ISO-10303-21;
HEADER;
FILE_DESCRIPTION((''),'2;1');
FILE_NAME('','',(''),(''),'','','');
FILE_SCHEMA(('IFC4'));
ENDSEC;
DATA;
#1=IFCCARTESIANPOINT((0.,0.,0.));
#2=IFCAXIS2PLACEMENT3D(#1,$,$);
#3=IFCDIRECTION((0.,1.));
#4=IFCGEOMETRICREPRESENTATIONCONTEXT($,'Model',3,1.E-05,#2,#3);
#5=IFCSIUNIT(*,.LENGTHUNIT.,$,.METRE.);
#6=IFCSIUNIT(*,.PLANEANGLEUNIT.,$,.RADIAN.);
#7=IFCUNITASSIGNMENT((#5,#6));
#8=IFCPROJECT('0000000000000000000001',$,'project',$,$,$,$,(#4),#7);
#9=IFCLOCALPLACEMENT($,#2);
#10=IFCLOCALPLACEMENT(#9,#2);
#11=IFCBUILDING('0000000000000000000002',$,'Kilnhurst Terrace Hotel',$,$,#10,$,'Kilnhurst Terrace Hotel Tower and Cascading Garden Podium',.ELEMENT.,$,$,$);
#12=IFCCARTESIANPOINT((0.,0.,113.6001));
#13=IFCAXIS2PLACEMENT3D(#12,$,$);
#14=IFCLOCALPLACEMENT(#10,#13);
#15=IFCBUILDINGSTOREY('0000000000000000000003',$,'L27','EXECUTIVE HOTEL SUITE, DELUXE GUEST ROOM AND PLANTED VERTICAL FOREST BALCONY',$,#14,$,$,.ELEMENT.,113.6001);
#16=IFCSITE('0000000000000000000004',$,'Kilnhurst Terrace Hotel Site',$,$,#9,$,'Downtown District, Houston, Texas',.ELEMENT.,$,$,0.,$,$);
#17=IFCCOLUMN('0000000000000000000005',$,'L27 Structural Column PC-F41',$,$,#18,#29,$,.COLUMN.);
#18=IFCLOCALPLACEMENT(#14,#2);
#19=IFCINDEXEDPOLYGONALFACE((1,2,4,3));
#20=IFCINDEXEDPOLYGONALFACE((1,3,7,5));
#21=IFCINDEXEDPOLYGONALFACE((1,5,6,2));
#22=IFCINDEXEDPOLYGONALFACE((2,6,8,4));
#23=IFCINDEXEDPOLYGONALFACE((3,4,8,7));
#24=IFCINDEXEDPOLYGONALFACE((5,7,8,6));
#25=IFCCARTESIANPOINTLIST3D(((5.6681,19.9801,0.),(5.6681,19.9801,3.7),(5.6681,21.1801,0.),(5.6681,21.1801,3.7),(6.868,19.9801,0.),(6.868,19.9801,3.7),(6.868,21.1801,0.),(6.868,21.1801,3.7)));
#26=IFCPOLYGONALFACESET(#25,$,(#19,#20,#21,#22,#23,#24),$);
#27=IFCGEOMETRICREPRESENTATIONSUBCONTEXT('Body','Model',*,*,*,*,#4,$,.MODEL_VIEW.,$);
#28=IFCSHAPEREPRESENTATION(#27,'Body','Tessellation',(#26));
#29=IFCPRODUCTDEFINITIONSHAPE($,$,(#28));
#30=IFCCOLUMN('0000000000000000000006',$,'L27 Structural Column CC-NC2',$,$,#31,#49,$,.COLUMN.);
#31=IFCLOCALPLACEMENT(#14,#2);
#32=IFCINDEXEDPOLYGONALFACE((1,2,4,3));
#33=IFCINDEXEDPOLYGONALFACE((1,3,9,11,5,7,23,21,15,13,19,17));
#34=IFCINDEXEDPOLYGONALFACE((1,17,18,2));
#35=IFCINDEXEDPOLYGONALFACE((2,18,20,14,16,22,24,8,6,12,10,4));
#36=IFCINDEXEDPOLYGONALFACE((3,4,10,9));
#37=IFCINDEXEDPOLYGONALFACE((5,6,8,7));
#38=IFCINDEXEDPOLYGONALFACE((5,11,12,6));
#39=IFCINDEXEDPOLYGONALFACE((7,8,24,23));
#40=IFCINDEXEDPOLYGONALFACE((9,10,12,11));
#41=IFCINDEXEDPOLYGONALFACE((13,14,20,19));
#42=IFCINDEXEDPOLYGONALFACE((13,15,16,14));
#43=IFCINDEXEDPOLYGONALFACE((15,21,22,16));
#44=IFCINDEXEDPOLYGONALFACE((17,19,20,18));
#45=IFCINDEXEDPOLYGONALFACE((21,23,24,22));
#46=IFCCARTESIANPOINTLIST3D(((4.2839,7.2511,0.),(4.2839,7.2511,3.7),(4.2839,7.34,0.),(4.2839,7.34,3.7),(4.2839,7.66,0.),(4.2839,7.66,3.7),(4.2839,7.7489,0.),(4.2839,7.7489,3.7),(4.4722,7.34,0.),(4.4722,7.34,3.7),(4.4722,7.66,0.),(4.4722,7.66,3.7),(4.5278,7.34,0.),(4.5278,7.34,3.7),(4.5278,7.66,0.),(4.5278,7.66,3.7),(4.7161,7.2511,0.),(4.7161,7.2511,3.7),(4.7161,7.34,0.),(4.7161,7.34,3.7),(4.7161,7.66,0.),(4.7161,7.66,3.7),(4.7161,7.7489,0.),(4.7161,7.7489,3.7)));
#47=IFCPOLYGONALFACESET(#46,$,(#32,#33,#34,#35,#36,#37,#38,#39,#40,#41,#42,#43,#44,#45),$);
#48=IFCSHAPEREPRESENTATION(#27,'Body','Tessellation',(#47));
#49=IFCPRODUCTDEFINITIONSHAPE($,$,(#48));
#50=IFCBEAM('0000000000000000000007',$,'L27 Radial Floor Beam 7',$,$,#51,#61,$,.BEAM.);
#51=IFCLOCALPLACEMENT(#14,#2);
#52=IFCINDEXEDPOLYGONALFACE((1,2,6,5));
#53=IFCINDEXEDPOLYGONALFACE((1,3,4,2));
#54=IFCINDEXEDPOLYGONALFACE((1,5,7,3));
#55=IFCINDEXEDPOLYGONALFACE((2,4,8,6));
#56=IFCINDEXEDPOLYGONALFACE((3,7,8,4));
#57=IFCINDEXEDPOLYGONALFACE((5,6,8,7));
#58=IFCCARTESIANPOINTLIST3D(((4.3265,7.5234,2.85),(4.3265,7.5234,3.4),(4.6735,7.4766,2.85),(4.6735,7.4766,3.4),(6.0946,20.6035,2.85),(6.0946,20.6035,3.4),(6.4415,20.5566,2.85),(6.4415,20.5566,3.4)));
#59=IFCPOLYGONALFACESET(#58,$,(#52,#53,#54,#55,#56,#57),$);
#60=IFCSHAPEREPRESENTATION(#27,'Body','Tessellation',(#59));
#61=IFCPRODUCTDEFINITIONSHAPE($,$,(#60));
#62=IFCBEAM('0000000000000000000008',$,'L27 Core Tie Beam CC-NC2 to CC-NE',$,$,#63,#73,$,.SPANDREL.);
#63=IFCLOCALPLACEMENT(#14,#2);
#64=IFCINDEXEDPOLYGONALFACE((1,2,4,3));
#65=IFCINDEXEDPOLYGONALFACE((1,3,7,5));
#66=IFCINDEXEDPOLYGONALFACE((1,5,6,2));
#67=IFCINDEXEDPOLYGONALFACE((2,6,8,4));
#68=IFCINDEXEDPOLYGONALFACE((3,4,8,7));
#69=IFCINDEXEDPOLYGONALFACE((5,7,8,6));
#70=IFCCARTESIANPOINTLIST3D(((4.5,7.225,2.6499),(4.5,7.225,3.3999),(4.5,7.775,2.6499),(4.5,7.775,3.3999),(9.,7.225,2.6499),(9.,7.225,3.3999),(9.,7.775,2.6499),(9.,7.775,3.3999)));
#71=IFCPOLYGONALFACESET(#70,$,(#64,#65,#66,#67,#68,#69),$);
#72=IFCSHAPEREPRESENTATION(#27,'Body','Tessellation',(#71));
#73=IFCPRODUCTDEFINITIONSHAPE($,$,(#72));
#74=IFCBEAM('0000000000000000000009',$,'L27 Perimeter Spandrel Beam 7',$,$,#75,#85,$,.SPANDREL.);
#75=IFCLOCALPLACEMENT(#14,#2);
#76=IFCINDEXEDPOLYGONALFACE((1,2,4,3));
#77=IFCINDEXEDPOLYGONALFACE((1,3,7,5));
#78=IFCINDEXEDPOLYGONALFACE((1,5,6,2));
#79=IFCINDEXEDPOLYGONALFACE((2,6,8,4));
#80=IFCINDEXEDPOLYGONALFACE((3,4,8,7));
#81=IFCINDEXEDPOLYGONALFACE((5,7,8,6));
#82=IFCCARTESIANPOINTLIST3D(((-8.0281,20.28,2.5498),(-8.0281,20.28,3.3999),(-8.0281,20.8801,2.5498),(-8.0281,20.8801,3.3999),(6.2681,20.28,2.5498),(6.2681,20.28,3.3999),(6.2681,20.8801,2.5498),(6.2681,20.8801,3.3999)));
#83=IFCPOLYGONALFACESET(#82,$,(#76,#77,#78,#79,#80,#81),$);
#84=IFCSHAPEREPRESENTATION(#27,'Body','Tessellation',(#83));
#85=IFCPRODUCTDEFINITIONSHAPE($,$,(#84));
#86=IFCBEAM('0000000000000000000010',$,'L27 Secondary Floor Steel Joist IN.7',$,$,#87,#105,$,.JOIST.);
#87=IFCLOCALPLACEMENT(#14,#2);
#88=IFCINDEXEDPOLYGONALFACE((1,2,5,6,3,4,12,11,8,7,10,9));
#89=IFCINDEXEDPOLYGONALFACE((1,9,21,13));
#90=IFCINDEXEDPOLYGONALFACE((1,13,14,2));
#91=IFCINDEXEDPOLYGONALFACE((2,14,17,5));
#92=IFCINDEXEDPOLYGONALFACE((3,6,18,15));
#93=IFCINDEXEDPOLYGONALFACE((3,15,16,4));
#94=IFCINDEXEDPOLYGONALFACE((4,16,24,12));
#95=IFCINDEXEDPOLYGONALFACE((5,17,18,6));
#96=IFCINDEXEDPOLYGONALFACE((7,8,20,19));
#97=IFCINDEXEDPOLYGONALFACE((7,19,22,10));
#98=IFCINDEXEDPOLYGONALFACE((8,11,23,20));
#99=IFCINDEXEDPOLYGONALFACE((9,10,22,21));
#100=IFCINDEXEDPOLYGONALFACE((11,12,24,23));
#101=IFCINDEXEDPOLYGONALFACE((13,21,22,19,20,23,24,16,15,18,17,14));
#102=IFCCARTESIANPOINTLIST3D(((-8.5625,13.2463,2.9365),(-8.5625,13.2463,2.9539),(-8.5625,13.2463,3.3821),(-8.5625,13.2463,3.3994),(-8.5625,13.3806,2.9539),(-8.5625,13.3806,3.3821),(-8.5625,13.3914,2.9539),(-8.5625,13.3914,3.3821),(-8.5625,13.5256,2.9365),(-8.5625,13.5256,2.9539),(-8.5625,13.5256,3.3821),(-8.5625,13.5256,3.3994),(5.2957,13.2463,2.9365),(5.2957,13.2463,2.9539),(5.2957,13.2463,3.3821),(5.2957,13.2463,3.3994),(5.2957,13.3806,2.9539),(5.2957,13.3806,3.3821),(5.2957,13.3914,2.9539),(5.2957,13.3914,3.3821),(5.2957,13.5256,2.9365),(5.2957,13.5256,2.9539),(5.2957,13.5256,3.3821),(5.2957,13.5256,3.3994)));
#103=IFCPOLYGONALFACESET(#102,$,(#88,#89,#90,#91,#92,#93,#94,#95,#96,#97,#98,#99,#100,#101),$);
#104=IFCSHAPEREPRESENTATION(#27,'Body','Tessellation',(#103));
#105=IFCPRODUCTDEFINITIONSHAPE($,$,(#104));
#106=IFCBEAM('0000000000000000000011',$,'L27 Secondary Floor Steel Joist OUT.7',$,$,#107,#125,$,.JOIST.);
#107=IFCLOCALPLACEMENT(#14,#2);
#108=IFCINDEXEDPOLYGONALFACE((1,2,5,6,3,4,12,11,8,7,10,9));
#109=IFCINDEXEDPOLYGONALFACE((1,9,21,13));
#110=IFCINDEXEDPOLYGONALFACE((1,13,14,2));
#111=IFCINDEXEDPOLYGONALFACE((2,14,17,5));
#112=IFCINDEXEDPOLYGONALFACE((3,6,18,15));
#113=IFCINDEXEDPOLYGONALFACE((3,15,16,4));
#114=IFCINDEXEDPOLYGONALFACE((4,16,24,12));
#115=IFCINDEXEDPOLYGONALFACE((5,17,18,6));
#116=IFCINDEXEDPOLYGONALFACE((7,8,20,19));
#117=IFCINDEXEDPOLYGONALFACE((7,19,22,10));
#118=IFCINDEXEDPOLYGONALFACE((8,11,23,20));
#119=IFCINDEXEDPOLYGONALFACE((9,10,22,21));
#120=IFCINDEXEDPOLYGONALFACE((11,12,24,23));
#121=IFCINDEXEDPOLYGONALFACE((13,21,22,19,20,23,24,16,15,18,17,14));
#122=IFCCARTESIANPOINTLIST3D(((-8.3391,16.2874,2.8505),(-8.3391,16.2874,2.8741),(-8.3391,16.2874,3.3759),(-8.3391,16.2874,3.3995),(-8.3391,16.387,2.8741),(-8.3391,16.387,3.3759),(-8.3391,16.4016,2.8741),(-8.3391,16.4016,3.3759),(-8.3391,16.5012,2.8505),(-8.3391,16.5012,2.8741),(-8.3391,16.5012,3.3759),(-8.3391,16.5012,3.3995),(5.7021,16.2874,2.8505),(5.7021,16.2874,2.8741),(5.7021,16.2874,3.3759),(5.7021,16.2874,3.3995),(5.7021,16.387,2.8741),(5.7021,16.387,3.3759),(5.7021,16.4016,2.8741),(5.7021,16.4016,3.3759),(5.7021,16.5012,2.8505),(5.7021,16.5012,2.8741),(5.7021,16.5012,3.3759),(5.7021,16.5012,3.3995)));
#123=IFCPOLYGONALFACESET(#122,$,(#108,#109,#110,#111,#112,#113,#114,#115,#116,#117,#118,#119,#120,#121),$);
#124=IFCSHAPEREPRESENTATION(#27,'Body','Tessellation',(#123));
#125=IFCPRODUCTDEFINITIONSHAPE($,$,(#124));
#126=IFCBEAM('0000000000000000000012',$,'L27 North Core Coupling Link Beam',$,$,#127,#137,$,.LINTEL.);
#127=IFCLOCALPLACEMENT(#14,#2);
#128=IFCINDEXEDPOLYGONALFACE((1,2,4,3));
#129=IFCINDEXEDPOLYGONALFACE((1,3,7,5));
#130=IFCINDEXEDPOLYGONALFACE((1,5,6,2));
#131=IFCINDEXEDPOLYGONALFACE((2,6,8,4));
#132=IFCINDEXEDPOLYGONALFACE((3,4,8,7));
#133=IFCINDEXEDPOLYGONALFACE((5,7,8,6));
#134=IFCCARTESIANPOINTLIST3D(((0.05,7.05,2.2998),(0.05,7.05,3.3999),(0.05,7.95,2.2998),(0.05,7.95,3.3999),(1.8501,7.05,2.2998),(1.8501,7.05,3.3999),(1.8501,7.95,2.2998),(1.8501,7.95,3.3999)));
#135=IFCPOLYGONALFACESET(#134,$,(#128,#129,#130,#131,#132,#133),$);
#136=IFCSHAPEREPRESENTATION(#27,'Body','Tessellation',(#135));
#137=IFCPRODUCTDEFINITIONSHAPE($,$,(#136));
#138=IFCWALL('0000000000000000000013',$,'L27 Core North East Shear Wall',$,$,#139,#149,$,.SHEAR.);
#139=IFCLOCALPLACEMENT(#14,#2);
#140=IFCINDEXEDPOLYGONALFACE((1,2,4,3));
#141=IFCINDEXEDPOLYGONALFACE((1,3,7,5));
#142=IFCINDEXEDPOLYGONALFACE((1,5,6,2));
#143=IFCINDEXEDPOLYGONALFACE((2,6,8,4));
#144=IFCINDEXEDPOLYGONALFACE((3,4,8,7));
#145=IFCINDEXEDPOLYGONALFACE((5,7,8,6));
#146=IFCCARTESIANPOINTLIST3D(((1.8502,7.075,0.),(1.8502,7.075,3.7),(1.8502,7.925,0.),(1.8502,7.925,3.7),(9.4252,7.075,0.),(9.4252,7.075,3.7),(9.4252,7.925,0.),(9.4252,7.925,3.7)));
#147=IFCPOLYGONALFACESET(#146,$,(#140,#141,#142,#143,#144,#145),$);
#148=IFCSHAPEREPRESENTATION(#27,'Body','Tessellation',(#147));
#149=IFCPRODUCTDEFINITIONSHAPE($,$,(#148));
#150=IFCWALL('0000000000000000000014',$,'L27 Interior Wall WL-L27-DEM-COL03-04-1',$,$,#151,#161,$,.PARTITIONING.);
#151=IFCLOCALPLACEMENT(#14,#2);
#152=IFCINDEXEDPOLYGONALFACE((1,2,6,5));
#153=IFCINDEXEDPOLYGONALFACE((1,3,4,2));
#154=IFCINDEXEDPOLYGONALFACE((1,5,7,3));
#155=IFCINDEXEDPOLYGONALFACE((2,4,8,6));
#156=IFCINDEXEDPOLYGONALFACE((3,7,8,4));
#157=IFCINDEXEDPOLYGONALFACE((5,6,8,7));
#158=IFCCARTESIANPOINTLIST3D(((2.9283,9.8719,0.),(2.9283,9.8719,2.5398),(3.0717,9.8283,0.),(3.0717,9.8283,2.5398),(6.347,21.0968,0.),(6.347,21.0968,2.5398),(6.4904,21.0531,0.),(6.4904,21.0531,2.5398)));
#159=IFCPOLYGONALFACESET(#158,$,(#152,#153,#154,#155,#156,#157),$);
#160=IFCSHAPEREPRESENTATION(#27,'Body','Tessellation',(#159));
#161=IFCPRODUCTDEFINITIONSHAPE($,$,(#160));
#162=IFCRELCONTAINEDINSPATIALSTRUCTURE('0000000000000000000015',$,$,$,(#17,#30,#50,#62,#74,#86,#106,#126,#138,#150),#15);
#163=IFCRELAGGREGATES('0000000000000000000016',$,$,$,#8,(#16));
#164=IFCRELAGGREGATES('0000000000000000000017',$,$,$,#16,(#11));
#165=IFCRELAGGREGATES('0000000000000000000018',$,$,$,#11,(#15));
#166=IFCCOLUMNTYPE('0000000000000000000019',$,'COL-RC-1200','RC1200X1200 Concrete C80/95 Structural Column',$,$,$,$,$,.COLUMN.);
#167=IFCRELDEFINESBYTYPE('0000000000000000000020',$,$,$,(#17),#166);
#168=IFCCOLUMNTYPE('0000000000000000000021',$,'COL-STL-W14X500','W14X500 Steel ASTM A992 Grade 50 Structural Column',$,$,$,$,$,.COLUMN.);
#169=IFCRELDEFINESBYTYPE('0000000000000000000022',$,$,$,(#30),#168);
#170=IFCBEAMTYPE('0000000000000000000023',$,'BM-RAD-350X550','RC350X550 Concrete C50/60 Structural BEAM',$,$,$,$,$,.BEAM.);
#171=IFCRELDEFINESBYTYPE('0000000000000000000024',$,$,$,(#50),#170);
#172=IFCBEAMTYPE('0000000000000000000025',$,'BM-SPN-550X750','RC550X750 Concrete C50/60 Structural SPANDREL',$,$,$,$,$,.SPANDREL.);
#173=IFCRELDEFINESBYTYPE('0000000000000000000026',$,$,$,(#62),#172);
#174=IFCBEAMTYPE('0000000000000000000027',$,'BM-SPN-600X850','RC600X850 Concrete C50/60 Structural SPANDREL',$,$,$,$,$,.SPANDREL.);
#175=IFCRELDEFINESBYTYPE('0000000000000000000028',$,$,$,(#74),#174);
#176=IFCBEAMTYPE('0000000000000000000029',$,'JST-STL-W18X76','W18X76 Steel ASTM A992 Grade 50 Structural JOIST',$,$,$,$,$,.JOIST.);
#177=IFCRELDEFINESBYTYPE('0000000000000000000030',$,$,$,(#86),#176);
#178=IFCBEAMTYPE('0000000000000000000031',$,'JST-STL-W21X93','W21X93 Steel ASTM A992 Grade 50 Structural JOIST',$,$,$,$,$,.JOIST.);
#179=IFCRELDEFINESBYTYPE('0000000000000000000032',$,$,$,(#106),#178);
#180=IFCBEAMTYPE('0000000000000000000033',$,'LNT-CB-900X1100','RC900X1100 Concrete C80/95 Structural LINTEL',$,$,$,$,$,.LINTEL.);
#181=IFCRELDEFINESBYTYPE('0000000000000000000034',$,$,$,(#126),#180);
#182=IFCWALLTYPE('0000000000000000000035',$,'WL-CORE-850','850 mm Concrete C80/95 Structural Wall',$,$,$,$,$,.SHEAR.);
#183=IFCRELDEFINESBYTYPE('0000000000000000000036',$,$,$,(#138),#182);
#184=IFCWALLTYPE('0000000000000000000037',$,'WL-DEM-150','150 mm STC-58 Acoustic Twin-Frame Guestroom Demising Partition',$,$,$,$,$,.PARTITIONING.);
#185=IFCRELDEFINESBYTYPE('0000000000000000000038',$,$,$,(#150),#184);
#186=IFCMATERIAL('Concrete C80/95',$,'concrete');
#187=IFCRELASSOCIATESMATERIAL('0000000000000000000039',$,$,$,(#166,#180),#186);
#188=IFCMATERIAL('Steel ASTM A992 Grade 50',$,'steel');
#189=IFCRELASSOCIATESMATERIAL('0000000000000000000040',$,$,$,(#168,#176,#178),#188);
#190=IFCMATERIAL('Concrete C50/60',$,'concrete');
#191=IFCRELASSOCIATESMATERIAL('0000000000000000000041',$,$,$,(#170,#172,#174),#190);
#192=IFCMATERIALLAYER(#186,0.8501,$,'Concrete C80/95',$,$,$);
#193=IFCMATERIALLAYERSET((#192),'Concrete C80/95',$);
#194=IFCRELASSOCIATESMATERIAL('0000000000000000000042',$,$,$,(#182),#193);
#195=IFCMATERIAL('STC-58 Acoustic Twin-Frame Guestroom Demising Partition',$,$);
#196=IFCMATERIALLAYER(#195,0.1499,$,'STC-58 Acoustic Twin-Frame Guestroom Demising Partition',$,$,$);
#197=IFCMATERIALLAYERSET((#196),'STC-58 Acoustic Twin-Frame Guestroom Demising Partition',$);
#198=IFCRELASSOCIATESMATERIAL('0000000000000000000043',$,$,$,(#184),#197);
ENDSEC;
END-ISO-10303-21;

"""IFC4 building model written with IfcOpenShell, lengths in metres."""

from ifc_helpers import new_model, si_unit, direction, frame, frame_2d, origin, origin_2d, place, context, subcontext, project, spatial, rectangle, i_section, extrude, material, layer, layer_set, material_profile, profile_set, type_object, element, save


model = new_model("IFC4")

# Units and contexts
model_context = context("Model", 3, precision=1e-05, world=origin(), true_north=direction((0.0, 1.0)))
body_context = subcontext(model_context, "Body", "Model", "MODEL_VIEW")
ifc_project = project(units=[si_unit("LENGTHUNIT", "METRE"), si_unit("PLANEANGLEUNIT", "RADIAN")], contexts=[model_context])

# Site, building, storey
site_placement = place(None, origin())
site = spatial("IfcSite", under=ifc_project, at=site_placement, Name="Kilnhurst Terrace Hotel Site", LongName="Downtown District, Houston, Texas", CompositionType="ELEMENT", RefElevation=0.0)
building_placement = place(site_placement, origin())
building = spatial("IfcBuilding", under=site, at=building_placement, Name="Kilnhurst Terrace Hotel", LongName="Kilnhurst Terrace Hotel Tower and Cascading Garden Podium", CompositionType="ELEMENT")
storey_placement = place(building_placement, frame((0.0, 0.0, 113.6001)))
storey = spatial("IfcBuildingStorey", under=building, at=storey_placement, Name="L27", Description="EXECUTIVE HOTEL SUITE, DELUXE GUEST ROOM AND PLANTED VERTICAL FOREST BALCONY", CompositionType="ELEMENT", Elevation=113.6001)

# Columns
ifc_material_1 = material(Name="Concrete C80/95", Category="concrete")
ifc_material_profile_1 = material_profile(ifc_material_1, rectangle(XDim=1.2, YDim=1.2, at=origin_2d()), Name="RC1200X1200")
ifc_profile_set_1 = profile_set([ifc_material_profile_1], Name="Concrete C80/95")
column_type_1 = type_object("IfcColumnType", Name="COL-RC-1200", Description="RC1200X1200 Concrete C80/95 Structural Column", PredefinedType="COLUMN", material=ifc_profile_set_1)
column_1_placement = place(storey_placement, frame((6.2681, 20.5801, 0.0), z_axis=(0.0, 0.0, 1.0), x_axis=(1.0, 0.0, 0.0)))
element("IfcColumn", 1, at=column_1_placement, inside=storey, type_object=column_type_1, Name="L27 Structural Column PC-F41", PredefinedType="COLUMN", context=body_context, shape_type="SweptSolid", body=[
    extrude(rectangle(XDim=1.2, YDim=1.2, at=origin_2d()), origin(), (0.0, 0.0, 1.0), 3.7),
])
ifc_material_2 = material(Name="Steel ASTM A992 Grade 50", Category="steel")
ifc_material_profile_2 = material_profile(ifc_material_2, i_section(OverallWidth=0.4321, OverallDepth=0.4978, WebThickness=0.0557, FlangeThickness=0.0889, at=origin_2d()), Name="W14X500")
ifc_profile_set_2 = profile_set([ifc_material_profile_2], Name="Steel ASTM A992 Grade 50")
column_type_2 = type_object("IfcColumnType", Name="COL-STL-W14X500", Description="W14X500 Steel ASTM A992 Grade 50 Structural Column", PredefinedType="COLUMN", material=ifc_profile_set_2)
column_2_placement = place(storey_placement, frame((4.5, 7.5, 0.0), z_axis=(0.0, 0.0, 1.0), x_axis=(1.0, 0.0, 0.0)))
element("IfcColumn", 2, at=column_2_placement, inside=storey, type_object=column_type_2, Name="L27 Structural Column CC-NC2", PredefinedType="COLUMN", context=body_context, shape_type="SweptSolid", body=[
    extrude(i_section(OverallWidth=0.4321, OverallDepth=0.4978, WebThickness=0.0557, FlangeThickness=0.0889, at=origin_2d()), origin(), (0.0, 0.0, 1.0), 3.7),
])

# Beams
ifc_material_3 = material(Name="Concrete C50/60", Category="concrete")
ifc_material_profile_3 = material_profile(ifc_material_3, rectangle(XDim=0.3501, YDim=0.55, at=origin_2d()), Name="RC350X550")
ifc_profile_set_3 = profile_set([ifc_material_profile_3], Name="Concrete C50/60")
beam_type_1 = type_object("IfcBeamType", Name="BM-RAD-350X550", Description="RC350X550 Concrete C50/60 Structural BEAM", PredefinedType="BEAM", material=ifc_profile_set_3)
beam_1_placement = place(storey_placement, frame((4.5, 7.5, 3.125), z_axis=(0.133954, 0.990988, 0.0), x_axis=(-0.990988, 0.133954, 0.0)))
element("IfcBeam", 3, at=beam_1_placement, inside=storey, type_object=beam_type_1, Name="L27 Radial Floor Beam 7", PredefinedType="BEAM", context=body_context, shape_type="SweptSolid", body=[
    extrude(rectangle(XDim=0.3501, YDim=0.55, at=origin_2d()), origin(), (0.0, 0.0, 1.0), 13.199),
])
ifc_material_profile_4 = material_profile(ifc_material_3, rectangle(XDim=0.55, YDim=0.75, at=origin_2d()), Name="RC550X750")
ifc_profile_set_4 = profile_set([ifc_material_profile_4], Name="Concrete C50/60")
beam_type_2 = type_object("IfcBeamType", Name="BM-SPN-550X750", Description="RC550X750 Concrete C50/60 Structural SPANDREL", PredefinedType="SPANDREL", material=ifc_profile_set_4)
beam_2_placement = place(storey_placement, frame((4.5, 7.5, 3.0249), z_axis=(1.0, 0.0, 0.0), x_axis=(0.0, 1.0, 0.0)))
element("IfcBeam", 4, at=beam_2_placement, inside=storey, type_object=beam_type_2, Name="L27 Core Tie Beam CC-NC2 to CC-NE", PredefinedType="SPANDREL", context=body_context, shape_type="SweptSolid", body=[
    extrude(rectangle(XDim=0.55, YDim=0.75, at=origin_2d()), origin(), (0.0, 0.0, 1.0), 4.5),
])
ifc_material_profile_5 = material_profile(ifc_material_3, rectangle(XDim=0.6001, YDim=0.8501, at=origin_2d()), Name="RC600X850")
ifc_profile_set_5 = profile_set([ifc_material_profile_5], Name="Concrete C50/60")
beam_type_3 = type_object("IfcBeamType", Name="BM-SPN-600X850", Description="RC600X850 Concrete C50/60 Structural SPANDREL", PredefinedType="SPANDREL", material=ifc_profile_set_5)
beam_3_placement = place(storey_placement, frame((6.2681, 20.5801, 2.9749), z_axis=(-1.0, 0.0, 0.0), x_axis=(0.0, -1.0, 0.0)))
element("IfcBeam", 5, at=beam_3_placement, inside=storey, type_object=beam_type_3, Name="L27 Perimeter Spandrel Beam 7", PredefinedType="SPANDREL", context=body_context, shape_type="SweptSolid", body=[
    extrude(rectangle(XDim=0.6001, YDim=0.8501, at=origin_2d()), origin(), (0.0, 0.0, 1.0), 14.2961),
])
ifc_material_profile_6 = material_profile(ifc_material_2, i_section(OverallWidth=0.2793, OverallDepth=0.4629, WebThickness=0.0107, FlangeThickness=0.0173, at=origin_2d()), Name="W18X76")
ifc_profile_set_6 = profile_set([ifc_material_profile_6], Name="Steel ASTM A992 Grade 50")
beam_type_4 = type_object("IfcBeamType", Name="JST-STL-W18X76", Description="W18X76 Steel ASTM A992 Grade 50 Structural JOIST", PredefinedType="JOIST", material=ifc_profile_set_6)
beam_4_placement = place(storey_placement, frame((5.2957, 13.386, 3.168), z_axis=(-1.0, 0.0, 0.0), x_axis=(0.0, -1.0, 0.0)))
element("IfcBeam", 6, at=beam_4_placement, inside=storey, type_object=beam_type_4, Name="L27 Secondary Floor Steel Joist IN.7", PredefinedType="JOIST", context=body_context, shape_type="SweptSolid", body=[
    extrude(i_section(OverallWidth=0.2793, OverallDepth=0.4629, WebThickness=0.0107, FlangeThickness=0.0173, at=origin_2d()), origin(), (0.0, 0.0, 1.0), 13.8582),
])
ifc_material_profile_7 = material_profile(ifc_material_2, i_section(OverallWidth=0.2139, OverallDepth=0.5491, WebThickness=0.0146, FlangeThickness=0.0237, at=origin_2d()), Name="W21X93")
ifc_profile_set_7 = profile_set([ifc_material_profile_7], Name="Steel ASTM A992 Grade 50")
beam_type_5 = type_object("IfcBeamType", Name="JST-STL-W21X93", Description="W21X93 Steel ASTM A992 Grade 50 Structural JOIST", PredefinedType="JOIST", material=ifc_profile_set_7)
beam_5_placement = place(storey_placement, frame((5.7021, 16.3943, 3.125), z_axis=(-1.0, 0.0, 0.0), x_axis=(0.0, -1.0, 0.0)))
element("IfcBeam", 7, at=beam_5_placement, inside=storey, type_object=beam_type_5, Name="L27 Secondary Floor Steel Joist OUT.7", PredefinedType="JOIST", context=body_context, shape_type="SweptSolid", body=[
    extrude(i_section(OverallWidth=0.2139, OverallDepth=0.5491, WebThickness=0.0146, FlangeThickness=0.0237, at=origin_2d()), origin(), (0.0, 0.0, 1.0), 14.0413),
])
ifc_material_profile_8 = material_profile(ifc_material_1, rectangle(XDim=0.8999, YDim=1.1001, at=origin_2d()), Name="RC900X1100")
ifc_profile_set_8 = profile_set([ifc_material_profile_8], Name="Concrete C80/95")
beam_type_6 = type_object("IfcBeamType", Name="LNT-CB-900X1100", Description="RC900X1100 Concrete C80/95 Structural LINTEL", PredefinedType="LINTEL", material=ifc_profile_set_8)
beam_6_placement = place(storey_placement, frame((0.05, 7.5, 2.8499), z_axis=(1.0, 0.0, 0.0), x_axis=(0.0, 1.0, 0.0)))
element("IfcBeam", 8, at=beam_6_placement, inside=storey, type_object=beam_type_6, Name="L27 North Core Coupling Link Beam", PredefinedType="LINTEL", context=body_context, shape_type="SweptSolid", body=[
    extrude(rectangle(XDim=0.8999, YDim=1.1001, at=origin_2d()), origin(), (0.0, 0.0, 1.0), 1.8),
])

# Walls
ifc_layer_1 = layer(ifc_material_1, 0.8501, Name="Concrete C80/95")
ifc_layer_set_1 = layer_set([ifc_layer_1], Name="Concrete C80/95")
wall_type_1 = type_object("IfcWallType", Name="WL-CORE-850", Description="850 mm Concrete C80/95 Structural Wall", PredefinedType="SHEAR", material=ifc_layer_set_1)
wall_1_placement = place(storey_placement, frame((1.8501, 7.5, 0.0), z_axis=(0.0, 0.0, 1.0), x_axis=(1.0, 0.0, 0.0)))
element("IfcWall", 9, at=wall_1_placement, inside=storey, type_object=wall_type_1, Name="L27 Core North East Shear Wall", PredefinedType="SHEAR", context=body_context, shape_type="SweptSolid", body=[
    extrude(rectangle(XDim=7.575, YDim=0.8501, at=frame_2d((3.7876, 0.0))), origin(), (0.0, 0.0, 1.0), 3.7),
])
ifc_material_4 = material(Name="STC-58 Acoustic Twin-Frame Guestroom Demising Partition")
ifc_layer_2 = layer(ifc_material_4, 0.1499, Name="STC-58 Acoustic Twin-Frame Guestroom Demising Partition")
ifc_layer_set_2 = layer_set([ifc_layer_2], Name="STC-58 Acoustic Twin-Frame Guestroom Demising Partition")
wall_type_2 = type_object("IfcWallType", Name="WL-DEM-150", Description="150 mm STC-58 Acoustic Twin-Frame Guestroom Demising Partition", PredefinedType="PARTITIONING", material=ifc_layer_set_2)
wall_2_placement = place(storey_placement, frame((3.0, 9.8501, 0.0), z_axis=(0.0, 0.0, 1.0), x_axis=(0.291352, 0.956616, 0.0)))
element("IfcWall", 10, at=wall_2_placement, inside=storey, type_object=wall_type_2, Name="L27 Interior Wall WL-L27-DEM-COL03-04-1", PredefinedType="PARTITIONING", context=body_context, shape_type="SweptSolid", body=[
    extrude(rectangle(XDim=11.7339, YDim=0.1499, at=frame_2d((5.8669, 0.0))), origin(), (0.0, 0.0, 1.0), 2.5398),
])

save(model, "model.ifc")
